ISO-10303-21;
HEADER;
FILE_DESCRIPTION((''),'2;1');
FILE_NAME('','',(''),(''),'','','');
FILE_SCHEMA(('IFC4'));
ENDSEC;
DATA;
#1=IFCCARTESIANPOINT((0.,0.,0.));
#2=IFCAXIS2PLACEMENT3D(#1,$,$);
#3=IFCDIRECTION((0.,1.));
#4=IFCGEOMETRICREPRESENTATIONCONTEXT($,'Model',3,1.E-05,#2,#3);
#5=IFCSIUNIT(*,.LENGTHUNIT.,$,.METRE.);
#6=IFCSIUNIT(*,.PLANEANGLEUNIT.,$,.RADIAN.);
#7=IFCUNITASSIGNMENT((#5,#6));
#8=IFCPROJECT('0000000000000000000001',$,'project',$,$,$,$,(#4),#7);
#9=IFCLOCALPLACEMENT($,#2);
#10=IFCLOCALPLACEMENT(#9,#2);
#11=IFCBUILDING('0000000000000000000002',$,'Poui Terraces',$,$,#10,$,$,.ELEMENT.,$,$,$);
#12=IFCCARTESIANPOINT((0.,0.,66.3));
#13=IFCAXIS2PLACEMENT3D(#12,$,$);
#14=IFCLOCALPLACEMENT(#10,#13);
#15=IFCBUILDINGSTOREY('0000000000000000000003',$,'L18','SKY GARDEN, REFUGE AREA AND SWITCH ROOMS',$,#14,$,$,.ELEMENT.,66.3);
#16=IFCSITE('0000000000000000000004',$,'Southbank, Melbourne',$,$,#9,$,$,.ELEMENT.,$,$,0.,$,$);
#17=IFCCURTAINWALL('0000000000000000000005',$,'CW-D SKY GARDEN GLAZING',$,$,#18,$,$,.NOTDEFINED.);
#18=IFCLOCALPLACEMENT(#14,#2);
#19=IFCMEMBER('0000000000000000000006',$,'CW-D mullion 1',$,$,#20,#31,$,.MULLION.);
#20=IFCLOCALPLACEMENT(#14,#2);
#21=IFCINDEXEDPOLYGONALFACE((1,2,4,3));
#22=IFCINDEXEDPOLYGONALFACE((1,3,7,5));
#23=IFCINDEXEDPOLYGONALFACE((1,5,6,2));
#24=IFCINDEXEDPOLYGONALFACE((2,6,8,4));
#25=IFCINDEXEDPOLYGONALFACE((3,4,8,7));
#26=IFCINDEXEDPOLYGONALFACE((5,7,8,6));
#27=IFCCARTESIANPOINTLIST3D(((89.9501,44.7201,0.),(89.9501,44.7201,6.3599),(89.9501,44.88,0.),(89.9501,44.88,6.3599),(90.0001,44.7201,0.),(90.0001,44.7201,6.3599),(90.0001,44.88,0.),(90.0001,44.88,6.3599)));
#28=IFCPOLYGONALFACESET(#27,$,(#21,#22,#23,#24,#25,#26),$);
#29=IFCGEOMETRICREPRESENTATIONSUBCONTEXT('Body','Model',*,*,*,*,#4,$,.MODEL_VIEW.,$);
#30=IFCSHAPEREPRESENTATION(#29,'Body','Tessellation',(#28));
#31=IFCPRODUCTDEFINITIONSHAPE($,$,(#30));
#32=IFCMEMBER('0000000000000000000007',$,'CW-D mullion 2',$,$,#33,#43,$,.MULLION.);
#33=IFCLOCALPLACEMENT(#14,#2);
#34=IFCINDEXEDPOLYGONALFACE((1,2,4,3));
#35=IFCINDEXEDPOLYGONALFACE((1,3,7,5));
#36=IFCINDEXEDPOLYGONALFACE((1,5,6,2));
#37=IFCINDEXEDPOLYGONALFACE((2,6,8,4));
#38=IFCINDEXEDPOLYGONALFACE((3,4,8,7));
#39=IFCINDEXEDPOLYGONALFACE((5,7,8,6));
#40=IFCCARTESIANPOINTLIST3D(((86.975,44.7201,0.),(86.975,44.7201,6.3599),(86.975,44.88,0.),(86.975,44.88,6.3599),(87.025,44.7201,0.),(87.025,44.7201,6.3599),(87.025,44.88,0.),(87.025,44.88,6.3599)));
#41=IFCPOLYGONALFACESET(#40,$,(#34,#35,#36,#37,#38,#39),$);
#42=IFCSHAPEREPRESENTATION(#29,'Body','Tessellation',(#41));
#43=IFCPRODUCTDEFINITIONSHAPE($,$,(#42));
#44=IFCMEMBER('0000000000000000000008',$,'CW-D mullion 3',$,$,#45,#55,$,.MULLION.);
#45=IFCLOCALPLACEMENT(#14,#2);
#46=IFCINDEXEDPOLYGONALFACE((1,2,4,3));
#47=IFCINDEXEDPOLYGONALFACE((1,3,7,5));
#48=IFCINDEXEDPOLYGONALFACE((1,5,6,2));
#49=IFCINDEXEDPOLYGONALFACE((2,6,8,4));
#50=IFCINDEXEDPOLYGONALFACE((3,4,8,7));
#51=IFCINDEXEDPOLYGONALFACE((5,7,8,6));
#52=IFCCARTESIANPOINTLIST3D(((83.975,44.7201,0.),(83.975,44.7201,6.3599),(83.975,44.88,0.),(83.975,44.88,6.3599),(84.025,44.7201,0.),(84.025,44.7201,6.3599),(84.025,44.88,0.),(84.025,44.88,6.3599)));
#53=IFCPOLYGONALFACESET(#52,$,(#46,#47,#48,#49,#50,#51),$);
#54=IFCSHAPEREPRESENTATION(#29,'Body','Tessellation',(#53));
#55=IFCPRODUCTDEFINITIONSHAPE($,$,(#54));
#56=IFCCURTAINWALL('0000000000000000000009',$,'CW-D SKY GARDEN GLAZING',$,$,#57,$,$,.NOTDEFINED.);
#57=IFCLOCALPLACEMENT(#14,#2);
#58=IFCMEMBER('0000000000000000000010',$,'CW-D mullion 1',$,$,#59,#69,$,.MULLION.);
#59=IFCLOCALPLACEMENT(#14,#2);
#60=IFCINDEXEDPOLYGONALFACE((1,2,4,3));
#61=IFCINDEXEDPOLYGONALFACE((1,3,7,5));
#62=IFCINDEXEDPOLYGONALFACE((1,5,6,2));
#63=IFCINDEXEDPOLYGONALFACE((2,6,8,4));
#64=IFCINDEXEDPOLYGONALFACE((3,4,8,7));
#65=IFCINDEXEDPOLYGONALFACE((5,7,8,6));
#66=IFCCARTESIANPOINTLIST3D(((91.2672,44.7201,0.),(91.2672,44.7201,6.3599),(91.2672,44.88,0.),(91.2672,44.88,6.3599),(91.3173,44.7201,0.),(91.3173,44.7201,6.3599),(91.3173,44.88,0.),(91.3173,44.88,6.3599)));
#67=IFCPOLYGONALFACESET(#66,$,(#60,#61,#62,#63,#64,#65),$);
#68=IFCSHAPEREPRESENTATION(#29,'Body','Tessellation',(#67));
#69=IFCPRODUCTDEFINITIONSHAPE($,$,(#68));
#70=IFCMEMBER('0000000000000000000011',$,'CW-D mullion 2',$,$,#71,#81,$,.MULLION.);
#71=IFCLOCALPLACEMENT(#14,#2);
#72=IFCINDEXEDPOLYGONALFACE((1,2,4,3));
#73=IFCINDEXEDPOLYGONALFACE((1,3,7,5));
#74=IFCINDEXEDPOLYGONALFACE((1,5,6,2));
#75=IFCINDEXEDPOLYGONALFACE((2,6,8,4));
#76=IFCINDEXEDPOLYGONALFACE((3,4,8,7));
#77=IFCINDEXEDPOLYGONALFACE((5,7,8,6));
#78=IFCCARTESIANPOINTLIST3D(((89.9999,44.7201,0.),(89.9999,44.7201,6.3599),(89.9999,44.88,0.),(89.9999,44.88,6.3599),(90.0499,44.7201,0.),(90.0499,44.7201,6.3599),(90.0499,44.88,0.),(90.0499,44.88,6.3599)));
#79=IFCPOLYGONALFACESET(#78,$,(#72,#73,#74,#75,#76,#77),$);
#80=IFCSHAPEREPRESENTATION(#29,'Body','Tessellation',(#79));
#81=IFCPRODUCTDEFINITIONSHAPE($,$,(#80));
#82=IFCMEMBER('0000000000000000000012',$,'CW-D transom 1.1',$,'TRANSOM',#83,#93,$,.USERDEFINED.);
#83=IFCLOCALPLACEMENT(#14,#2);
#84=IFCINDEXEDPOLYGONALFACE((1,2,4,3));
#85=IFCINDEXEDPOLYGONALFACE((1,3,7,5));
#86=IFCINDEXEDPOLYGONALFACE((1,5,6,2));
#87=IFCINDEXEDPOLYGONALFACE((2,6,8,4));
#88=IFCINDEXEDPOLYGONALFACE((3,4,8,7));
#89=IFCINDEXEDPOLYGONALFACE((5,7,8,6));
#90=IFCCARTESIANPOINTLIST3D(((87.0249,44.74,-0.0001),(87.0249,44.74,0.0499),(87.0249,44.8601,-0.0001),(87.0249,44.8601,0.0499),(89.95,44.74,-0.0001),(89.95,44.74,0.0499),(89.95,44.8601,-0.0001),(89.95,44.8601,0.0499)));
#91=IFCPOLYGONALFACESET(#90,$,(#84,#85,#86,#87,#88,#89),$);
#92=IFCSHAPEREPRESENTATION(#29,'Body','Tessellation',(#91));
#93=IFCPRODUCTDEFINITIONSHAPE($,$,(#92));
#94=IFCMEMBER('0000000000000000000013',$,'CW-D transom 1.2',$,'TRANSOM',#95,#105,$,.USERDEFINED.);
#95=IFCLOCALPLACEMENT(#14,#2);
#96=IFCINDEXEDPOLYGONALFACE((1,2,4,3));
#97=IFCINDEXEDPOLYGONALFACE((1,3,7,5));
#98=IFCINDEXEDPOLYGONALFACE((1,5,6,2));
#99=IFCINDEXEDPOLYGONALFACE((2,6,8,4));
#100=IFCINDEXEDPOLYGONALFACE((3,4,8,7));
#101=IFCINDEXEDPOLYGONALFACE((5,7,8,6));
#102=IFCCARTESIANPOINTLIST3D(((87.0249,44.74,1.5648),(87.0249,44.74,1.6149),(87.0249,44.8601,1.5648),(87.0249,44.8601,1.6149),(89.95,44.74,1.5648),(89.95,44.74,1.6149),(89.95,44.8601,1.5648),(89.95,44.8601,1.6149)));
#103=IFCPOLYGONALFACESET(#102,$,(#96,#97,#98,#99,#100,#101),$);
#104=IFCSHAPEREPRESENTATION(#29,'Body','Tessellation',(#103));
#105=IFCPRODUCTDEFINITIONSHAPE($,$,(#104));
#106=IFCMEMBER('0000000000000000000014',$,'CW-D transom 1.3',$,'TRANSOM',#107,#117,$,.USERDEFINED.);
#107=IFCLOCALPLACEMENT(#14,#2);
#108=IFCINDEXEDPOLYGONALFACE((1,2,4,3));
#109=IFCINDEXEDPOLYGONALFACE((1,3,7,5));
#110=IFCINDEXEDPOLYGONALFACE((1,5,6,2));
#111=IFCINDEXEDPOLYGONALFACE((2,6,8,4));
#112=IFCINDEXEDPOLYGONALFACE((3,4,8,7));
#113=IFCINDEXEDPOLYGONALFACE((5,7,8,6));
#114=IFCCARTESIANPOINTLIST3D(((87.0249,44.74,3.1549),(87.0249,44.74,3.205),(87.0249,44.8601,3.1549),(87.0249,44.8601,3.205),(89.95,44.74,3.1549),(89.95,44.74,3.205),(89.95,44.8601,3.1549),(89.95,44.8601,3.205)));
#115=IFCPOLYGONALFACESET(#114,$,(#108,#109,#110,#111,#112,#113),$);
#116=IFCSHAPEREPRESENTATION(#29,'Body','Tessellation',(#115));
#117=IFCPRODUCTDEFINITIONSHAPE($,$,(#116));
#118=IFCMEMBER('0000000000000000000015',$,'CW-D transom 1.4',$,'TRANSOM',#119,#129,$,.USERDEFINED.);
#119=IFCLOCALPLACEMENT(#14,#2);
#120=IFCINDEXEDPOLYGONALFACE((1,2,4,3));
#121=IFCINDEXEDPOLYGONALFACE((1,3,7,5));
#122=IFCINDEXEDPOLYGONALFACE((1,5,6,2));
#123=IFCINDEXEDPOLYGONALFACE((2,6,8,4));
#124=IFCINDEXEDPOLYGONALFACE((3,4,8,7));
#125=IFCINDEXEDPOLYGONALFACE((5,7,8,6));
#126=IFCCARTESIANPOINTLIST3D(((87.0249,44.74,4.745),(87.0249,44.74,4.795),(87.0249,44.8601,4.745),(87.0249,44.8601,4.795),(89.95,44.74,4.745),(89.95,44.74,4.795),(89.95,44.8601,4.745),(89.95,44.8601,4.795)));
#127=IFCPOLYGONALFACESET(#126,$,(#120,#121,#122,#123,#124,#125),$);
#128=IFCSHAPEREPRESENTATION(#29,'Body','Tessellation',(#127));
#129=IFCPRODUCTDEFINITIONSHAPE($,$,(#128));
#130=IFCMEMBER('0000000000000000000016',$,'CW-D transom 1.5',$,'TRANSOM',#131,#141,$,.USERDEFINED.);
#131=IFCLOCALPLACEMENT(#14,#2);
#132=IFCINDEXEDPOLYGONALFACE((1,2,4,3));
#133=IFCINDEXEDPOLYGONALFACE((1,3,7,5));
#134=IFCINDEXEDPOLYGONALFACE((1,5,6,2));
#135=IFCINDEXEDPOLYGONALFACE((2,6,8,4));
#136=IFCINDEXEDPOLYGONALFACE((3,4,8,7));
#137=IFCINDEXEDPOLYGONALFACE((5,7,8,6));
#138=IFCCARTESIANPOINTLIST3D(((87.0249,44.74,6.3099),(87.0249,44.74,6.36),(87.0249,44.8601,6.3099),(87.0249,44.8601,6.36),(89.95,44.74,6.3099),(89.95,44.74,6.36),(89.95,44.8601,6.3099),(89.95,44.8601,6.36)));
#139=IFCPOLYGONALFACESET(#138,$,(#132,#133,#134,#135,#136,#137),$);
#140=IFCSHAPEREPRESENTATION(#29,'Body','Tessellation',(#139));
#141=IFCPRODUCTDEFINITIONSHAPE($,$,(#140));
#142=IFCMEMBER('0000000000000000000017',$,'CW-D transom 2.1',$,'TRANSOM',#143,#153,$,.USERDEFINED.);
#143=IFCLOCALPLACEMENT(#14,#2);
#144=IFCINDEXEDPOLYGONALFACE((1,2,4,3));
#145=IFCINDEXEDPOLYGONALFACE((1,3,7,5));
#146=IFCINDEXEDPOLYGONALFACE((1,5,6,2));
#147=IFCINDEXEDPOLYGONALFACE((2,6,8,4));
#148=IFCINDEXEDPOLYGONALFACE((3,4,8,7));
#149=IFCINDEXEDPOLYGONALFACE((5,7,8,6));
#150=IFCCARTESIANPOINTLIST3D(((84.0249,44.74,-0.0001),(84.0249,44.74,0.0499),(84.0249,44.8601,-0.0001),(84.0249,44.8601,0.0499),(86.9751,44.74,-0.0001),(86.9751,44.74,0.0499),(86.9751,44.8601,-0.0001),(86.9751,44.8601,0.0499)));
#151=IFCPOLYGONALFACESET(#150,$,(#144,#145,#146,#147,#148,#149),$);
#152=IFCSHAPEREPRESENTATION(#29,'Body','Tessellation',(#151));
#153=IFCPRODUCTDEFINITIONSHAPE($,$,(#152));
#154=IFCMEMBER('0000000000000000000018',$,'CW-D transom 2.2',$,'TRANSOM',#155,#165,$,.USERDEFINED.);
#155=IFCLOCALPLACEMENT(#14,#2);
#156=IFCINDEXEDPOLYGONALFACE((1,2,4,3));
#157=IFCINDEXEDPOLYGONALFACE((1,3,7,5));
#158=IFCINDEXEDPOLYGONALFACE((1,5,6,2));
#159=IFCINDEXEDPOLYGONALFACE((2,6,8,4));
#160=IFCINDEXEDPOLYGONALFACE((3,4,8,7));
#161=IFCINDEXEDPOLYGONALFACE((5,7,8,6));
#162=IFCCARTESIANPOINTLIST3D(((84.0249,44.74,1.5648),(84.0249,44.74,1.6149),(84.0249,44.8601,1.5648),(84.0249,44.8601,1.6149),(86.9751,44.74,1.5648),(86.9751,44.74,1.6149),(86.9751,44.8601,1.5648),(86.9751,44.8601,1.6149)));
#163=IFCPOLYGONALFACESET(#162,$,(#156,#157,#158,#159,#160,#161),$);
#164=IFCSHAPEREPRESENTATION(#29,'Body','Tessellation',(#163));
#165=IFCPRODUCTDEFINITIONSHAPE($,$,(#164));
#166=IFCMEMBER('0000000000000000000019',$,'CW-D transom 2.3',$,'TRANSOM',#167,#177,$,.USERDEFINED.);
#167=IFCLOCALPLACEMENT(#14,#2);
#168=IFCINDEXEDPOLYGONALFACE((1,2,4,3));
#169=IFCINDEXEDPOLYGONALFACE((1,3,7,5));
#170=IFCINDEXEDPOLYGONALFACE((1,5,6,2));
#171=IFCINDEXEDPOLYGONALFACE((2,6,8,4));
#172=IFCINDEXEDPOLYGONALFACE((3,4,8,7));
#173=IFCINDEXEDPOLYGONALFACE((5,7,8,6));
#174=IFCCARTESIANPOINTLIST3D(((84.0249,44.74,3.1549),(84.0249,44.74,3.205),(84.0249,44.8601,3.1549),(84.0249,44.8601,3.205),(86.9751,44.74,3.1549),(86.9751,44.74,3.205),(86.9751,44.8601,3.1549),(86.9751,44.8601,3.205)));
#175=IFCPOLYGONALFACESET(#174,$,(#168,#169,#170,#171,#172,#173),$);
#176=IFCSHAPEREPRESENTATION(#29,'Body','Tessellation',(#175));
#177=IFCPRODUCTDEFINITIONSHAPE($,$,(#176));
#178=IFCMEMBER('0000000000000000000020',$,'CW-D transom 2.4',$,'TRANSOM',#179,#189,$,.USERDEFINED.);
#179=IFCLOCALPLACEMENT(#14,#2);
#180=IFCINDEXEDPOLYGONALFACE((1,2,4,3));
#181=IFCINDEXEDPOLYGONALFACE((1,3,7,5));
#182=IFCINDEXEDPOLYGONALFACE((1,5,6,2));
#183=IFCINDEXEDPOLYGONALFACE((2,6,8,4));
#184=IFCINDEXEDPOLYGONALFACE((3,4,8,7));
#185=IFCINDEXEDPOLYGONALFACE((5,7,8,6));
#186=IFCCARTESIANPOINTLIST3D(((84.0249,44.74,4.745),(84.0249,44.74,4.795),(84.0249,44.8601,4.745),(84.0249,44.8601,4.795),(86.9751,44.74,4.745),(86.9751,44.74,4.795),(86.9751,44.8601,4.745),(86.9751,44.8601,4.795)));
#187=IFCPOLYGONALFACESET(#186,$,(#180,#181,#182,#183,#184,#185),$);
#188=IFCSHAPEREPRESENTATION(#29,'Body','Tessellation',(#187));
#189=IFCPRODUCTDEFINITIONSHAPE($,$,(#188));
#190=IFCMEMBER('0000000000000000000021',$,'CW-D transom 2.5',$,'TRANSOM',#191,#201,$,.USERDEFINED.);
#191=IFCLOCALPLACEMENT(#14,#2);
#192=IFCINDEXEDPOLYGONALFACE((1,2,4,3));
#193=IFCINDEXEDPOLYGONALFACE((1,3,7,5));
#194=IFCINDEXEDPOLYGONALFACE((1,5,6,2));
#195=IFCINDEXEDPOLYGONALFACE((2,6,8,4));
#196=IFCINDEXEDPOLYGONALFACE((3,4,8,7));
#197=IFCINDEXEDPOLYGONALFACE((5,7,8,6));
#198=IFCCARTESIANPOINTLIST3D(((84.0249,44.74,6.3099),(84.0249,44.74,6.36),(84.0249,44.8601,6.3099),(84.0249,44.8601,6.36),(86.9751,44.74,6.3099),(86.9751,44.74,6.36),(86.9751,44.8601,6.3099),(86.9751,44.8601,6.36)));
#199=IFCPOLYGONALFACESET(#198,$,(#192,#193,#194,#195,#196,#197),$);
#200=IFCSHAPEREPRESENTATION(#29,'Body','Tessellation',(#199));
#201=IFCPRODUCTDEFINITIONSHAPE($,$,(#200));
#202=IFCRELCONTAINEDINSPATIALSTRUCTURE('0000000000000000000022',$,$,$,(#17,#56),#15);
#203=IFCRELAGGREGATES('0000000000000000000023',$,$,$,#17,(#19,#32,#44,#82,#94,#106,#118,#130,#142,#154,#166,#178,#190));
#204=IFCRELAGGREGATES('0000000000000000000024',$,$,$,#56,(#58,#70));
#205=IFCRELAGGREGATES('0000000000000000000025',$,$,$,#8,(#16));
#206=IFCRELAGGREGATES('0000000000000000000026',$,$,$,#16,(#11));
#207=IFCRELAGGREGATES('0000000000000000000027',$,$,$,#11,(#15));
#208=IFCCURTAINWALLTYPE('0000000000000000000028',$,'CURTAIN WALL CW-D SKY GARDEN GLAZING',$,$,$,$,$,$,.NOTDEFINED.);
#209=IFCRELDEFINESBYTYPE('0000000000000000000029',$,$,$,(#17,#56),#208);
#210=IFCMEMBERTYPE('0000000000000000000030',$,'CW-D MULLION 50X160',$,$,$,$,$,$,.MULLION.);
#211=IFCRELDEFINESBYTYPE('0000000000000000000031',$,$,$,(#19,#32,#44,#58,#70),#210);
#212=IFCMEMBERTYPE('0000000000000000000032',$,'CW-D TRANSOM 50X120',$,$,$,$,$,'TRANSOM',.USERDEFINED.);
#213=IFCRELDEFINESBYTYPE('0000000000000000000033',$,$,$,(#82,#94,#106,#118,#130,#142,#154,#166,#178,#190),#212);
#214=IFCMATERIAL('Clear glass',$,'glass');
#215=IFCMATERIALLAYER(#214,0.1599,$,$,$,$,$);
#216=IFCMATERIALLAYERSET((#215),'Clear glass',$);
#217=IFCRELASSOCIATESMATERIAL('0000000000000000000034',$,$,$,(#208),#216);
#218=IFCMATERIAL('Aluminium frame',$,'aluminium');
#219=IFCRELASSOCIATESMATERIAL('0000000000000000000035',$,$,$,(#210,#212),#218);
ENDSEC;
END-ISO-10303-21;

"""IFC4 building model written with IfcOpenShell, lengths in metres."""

from ifc_helpers import new_model, si_unit, direction, frame, origin, origin_2d, place, context, subcontext, project, spatial, rectangle, extrude, material, layer, layer_set, material_profile, profile_set, type_object, element, aggregate, save


model = new_model("IFC4")

# Units and contexts
model_context = context("Model", 3, precision=1e-05, world=origin(), true_north=direction((0.0, 1.0)))
body_context = subcontext(model_context, "Body", "Model", "MODEL_VIEW")
ifc_project = project(units=[si_unit("LENGTHUNIT", "METRE"), si_unit("PLANEANGLEUNIT", "RADIAN")], contexts=[model_context])

# Site, building, storey
site_placement = place(None, origin())
site = spatial("IfcSite", under=ifc_project, at=site_placement, Name="Southbank, Melbourne", CompositionType="ELEMENT", RefElevation=0.0)
building_placement = place(site_placement, origin())
building = spatial("IfcBuilding", under=site, at=building_placement, Name="Poui Terraces", CompositionType="ELEMENT")
storey_placement = place(building_placement, frame((0.0, 0.0, 66.3)))
storey = spatial("IfcBuildingStorey", under=building, at=storey_placement, Name="L18", Description="SKY GARDEN, REFUGE AREA AND SWITCH ROOMS", CompositionType="ELEMENT", Elevation=66.3)

# Curtain walls, members
ifc_material_1 = material(Name="Clear glass", Category="glass")
ifc_layer_1 = layer(ifc_material_1, 0.1599)
ifc_layer_set_1 = layer_set([ifc_layer_1], Name="Clear glass")
curtain_wall_type = type_object("IfcCurtainWallType", Name="CURTAIN WALL CW-D SKY GARDEN GLAZING", PredefinedType="NOTDEFINED", material=ifc_layer_set_1)
curtain_wall_1_placement = place(storey_placement, origin())
curtain_wall_1 = element("IfcCurtainWall", 1, at=curtain_wall_1_placement, inside=storey, type_object=curtain_wall_type, Name="CW-D SKY GARDEN GLAZING", PredefinedType="NOTDEFINED")
ifc_material_2 = material(Name="Aluminium frame", Category="aluminium")
ifc_material_profile_1 = material_profile(ifc_material_2, rectangle(XDim=0.1599, YDim=0.05, at=origin_2d()), Name="CW-D MULLION 50X160")
ifc_profile_set_1 = profile_set([ifc_material_profile_1], Name="Aluminium frame")
member_type_1 = type_object("IfcMemberType", Name="CW-D MULLION 50X160", PredefinedType="MULLION", material=ifc_profile_set_1)
member_1_placement = place(storey_placement, frame((89.9751, 44.8, 0.0), z_axis=(0.0, 0.0, 1.0), x_axis=(0.0, -1.0, 0.0)))
member_1 = element("IfcMember", 2, at=member_1_placement, type_object=member_type_1, Name="CW-D mullion 1", PredefinedType="MULLION", context=body_context, shape_type="SweptSolid", body=[
    extrude(rectangle(XDim=0.1599, YDim=0.05, at=origin_2d()), origin(), (0.0, 0.0, 1.0), 6.3599),
])
member_2_placement = place(storey_placement, frame((87.0, 44.8, 0.0), z_axis=(0.0, 0.0, 1.0), x_axis=(0.0, -1.0, 0.0)))
member_2 = element("IfcMember", 3, at=member_2_placement, type_object=member_type_1, Name="CW-D mullion 2", PredefinedType="MULLION", context=body_context, shape_type="SweptSolid", body=[
    extrude(rectangle(XDim=0.1599, YDim=0.05, at=origin_2d()), origin(), (0.0, 0.0, 1.0), 6.3599),
])
member_3_placement = place(storey_placement, frame((84.0, 44.8, 0.0), z_axis=(0.0, 0.0, 1.0), x_axis=(0.0, -1.0, 0.0)))
member_3 = element("IfcMember", 4, at=member_3_placement, type_object=member_type_1, Name="CW-D mullion 3", PredefinedType="MULLION", context=body_context, shape_type="SweptSolid", body=[
    extrude(rectangle(XDim=0.1599, YDim=0.05, at=origin_2d()), origin(), (0.0, 0.0, 1.0), 6.3599),
])
curtain_wall_2_placement = place(storey_placement, origin())
curtain_wall_2 = element("IfcCurtainWall", 5, at=curtain_wall_2_placement, inside=storey, type_object=curtain_wall_type, Name="CW-D SKY GARDEN GLAZING", PredefinedType="NOTDEFINED")
member_4_placement = place(storey_placement, frame((91.2922, 44.8, 0.0), z_axis=(0.0, 0.0, 1.0), x_axis=(0.0, -1.0, 0.0)))
member_4 = element("IfcMember", 6, at=member_4_placement, type_object=member_type_1, Name="CW-D mullion 1", PredefinedType="MULLION", context=body_context, shape_type="SweptSolid", body=[
    extrude(rectangle(XDim=0.1599, YDim=0.05, at=origin_2d()), origin(), (0.0, 0.0, 1.0), 6.3599),
])
member_5_placement = place(storey_placement, frame((90.0249, 44.8, 0.0), z_axis=(0.0, 0.0, 1.0), x_axis=(0.0, -1.0, 0.0)))
member_5 = element("IfcMember", 7, at=member_5_placement, type_object=member_type_1, Name="CW-D mullion 2", PredefinedType="MULLION", context=body_context, shape_type="SweptSolid", body=[
    extrude(rectangle(XDim=0.1599, YDim=0.05, at=origin_2d()), origin(), (0.0, 0.0, 1.0), 6.3599),
])

# Members
ifc_material_profile_2 = material_profile(ifc_material_2, rectangle(XDim=0.1201, YDim=0.05, at=origin_2d()), Name="CW-D TRANSOM 50X120")
ifc_profile_set_2 = profile_set([ifc_material_profile_2], Name="Aluminium frame")
member_type_2 = type_object("IfcMemberType", Name="CW-D TRANSOM 50X120", ElementType="TRANSOM", PredefinedType="USERDEFINED", material=ifc_profile_set_2)
member_6_placement = place(storey_placement, frame((89.95, 44.8, 0.0249), z_axis=(-1.0, 0.0, 0.0), x_axis=(0.0, -1.0, 0.0)))
member_6 = element("IfcMember", 8, at=member_6_placement, type_object=member_type_2, Name="CW-D transom 1.1", ObjectType="TRANSOM", PredefinedType="USERDEFINED", context=body_context, shape_type="SweptSolid", body=[
    extrude(rectangle(XDim=0.1201, YDim=0.05, at=origin_2d()), origin(), (0.0, 0.0, 1.0), 2.925),
])
member_7_placement = place(storey_placement, frame((89.95, 44.8, 1.5898), z_axis=(-1.0, 0.0, 0.0), x_axis=(0.0, -1.0, 0.0)))
member_7 = element("IfcMember", 9, at=member_7_placement, type_object=member_type_2, Name="CW-D transom 1.2", ObjectType="TRANSOM", PredefinedType="USERDEFINED", context=body_context, shape_type="SweptSolid", body=[
    extrude(rectangle(XDim=0.1201, YDim=0.05, at=origin_2d()), origin(), (0.0, 0.0, 1.0), 2.925),
])
member_8_placement = place(storey_placement, frame((89.95, 44.8, 3.1799), z_axis=(-1.0, 0.0, 0.0), x_axis=(0.0, -1.0, 0.0)))
member_8 = element("IfcMember", 10, at=member_8_placement, type_object=member_type_2, Name="CW-D transom 1.3", ObjectType="TRANSOM", PredefinedType="USERDEFINED", context=body_context, shape_type="SweptSolid", body=[
    extrude(rectangle(XDim=0.1201, YDim=0.05, at=origin_2d()), origin(), (0.0, 0.0, 1.0), 2.925),
])
member_9_placement = place(storey_placement, frame((89.95, 44.8, 4.77), z_axis=(-1.0, 0.0, 0.0), x_axis=(0.0, -1.0, 0.0)))
member_9 = element("IfcMember", 11, at=member_9_placement, type_object=member_type_2, Name="CW-D transom 1.4", ObjectType="TRANSOM", PredefinedType="USERDEFINED", context=body_context, shape_type="SweptSolid", body=[
    extrude(rectangle(XDim=0.1201, YDim=0.05, at=origin_2d()), origin(), (0.0, 0.0, 1.0), 2.925),
])
member_10_placement = place(storey_placement, frame((89.95, 44.8, 6.335), z_axis=(-1.0, 0.0, 0.0), x_axis=(0.0, -1.0, 0.0)))
member_10 = element("IfcMember", 12, at=member_10_placement, type_object=member_type_2, Name="CW-D transom 1.5", ObjectType="TRANSOM", PredefinedType="USERDEFINED", context=body_context, shape_type="SweptSolid", body=[
    extrude(rectangle(XDim=0.1201, YDim=0.05, at=origin_2d()), origin(), (0.0, 0.0, 1.0), 2.925),
])
member_11_placement = place(storey_placement, frame((86.9751, 44.8, 0.0249), z_axis=(-1.0, 0.0, 0.0), x_axis=(0.0, -1.0, 0.0)))
member_11 = element("IfcMember", 13, at=member_11_placement, type_object=member_type_2, Name="CW-D transom 2.1", ObjectType="TRANSOM", PredefinedType="USERDEFINED", context=body_context, shape_type="SweptSolid", body=[
    extrude(rectangle(XDim=0.1201, YDim=0.05, at=origin_2d()), origin(), (0.0, 0.0, 1.0), 2.9502),
])
member_12_placement = place(storey_placement, frame((86.9751, 44.8, 1.5898), z_axis=(-1.0, 0.0, 0.0), x_axis=(0.0, -1.0, 0.0)))
member_12 = element("IfcMember", 14, at=member_12_placement, type_object=member_type_2, Name="CW-D transom 2.2", ObjectType="TRANSOM", PredefinedType="USERDEFINED", context=body_context, shape_type="SweptSolid", body=[
    extrude(rectangle(XDim=0.1201, YDim=0.05, at=origin_2d()), origin(), (0.0, 0.0, 1.0), 2.9502),
])
member_13_placement = place(storey_placement, frame((86.9751, 44.8, 3.1799), z_axis=(-1.0, 0.0, 0.0), x_axis=(0.0, -1.0, 0.0)))
member_13 = element("IfcMember", 15, at=member_13_placement, type_object=member_type_2, Name="CW-D transom 2.3", ObjectType="TRANSOM", PredefinedType="USERDEFINED", context=body_context, shape_type="SweptSolid", body=[
    extrude(rectangle(XDim=0.1201, YDim=0.05, at=origin_2d()), origin(), (0.0, 0.0, 1.0), 2.9502),
])
member_14_placement = place(storey_placement, frame((86.9751, 44.8, 4.77), z_axis=(-1.0, 0.0, 0.0), x_axis=(0.0, -1.0, 0.0)))
member_14 = element("IfcMember", 16, at=member_14_placement, type_object=member_type_2, Name="CW-D transom 2.4", ObjectType="TRANSOM", PredefinedType="USERDEFINED", context=body_context, shape_type="SweptSolid", body=[
    extrude(rectangle(XDim=0.1201, YDim=0.05, at=origin_2d()), origin(), (0.0, 0.0, 1.0), 2.9502),
])
member_15_placement = place(storey_placement, frame((86.9751, 44.8, 6.335), z_axis=(-1.0, 0.0, 0.0), x_axis=(0.0, -1.0, 0.0)))
member_15 = element("IfcMember", 17, at=member_15_placement, type_object=member_type_2, Name="CW-D transom 2.5", ObjectType="TRANSOM", PredefinedType="USERDEFINED", context=body_context, shape_type="SweptSolid", body=[
    extrude(rectangle(XDim=0.1201, YDim=0.05, at=origin_2d()), origin(), (0.0, 0.0, 1.0), 2.9502),
])

aggregate(curtain_wall_1, [member_1, member_2, member_3, member_6, member_7, member_8, member_9, member_10, member_11, member_12, member_13, member_14, member_15])
aggregate(curtain_wall_2, [member_4, member_5])

save(model, "model.ifc")
